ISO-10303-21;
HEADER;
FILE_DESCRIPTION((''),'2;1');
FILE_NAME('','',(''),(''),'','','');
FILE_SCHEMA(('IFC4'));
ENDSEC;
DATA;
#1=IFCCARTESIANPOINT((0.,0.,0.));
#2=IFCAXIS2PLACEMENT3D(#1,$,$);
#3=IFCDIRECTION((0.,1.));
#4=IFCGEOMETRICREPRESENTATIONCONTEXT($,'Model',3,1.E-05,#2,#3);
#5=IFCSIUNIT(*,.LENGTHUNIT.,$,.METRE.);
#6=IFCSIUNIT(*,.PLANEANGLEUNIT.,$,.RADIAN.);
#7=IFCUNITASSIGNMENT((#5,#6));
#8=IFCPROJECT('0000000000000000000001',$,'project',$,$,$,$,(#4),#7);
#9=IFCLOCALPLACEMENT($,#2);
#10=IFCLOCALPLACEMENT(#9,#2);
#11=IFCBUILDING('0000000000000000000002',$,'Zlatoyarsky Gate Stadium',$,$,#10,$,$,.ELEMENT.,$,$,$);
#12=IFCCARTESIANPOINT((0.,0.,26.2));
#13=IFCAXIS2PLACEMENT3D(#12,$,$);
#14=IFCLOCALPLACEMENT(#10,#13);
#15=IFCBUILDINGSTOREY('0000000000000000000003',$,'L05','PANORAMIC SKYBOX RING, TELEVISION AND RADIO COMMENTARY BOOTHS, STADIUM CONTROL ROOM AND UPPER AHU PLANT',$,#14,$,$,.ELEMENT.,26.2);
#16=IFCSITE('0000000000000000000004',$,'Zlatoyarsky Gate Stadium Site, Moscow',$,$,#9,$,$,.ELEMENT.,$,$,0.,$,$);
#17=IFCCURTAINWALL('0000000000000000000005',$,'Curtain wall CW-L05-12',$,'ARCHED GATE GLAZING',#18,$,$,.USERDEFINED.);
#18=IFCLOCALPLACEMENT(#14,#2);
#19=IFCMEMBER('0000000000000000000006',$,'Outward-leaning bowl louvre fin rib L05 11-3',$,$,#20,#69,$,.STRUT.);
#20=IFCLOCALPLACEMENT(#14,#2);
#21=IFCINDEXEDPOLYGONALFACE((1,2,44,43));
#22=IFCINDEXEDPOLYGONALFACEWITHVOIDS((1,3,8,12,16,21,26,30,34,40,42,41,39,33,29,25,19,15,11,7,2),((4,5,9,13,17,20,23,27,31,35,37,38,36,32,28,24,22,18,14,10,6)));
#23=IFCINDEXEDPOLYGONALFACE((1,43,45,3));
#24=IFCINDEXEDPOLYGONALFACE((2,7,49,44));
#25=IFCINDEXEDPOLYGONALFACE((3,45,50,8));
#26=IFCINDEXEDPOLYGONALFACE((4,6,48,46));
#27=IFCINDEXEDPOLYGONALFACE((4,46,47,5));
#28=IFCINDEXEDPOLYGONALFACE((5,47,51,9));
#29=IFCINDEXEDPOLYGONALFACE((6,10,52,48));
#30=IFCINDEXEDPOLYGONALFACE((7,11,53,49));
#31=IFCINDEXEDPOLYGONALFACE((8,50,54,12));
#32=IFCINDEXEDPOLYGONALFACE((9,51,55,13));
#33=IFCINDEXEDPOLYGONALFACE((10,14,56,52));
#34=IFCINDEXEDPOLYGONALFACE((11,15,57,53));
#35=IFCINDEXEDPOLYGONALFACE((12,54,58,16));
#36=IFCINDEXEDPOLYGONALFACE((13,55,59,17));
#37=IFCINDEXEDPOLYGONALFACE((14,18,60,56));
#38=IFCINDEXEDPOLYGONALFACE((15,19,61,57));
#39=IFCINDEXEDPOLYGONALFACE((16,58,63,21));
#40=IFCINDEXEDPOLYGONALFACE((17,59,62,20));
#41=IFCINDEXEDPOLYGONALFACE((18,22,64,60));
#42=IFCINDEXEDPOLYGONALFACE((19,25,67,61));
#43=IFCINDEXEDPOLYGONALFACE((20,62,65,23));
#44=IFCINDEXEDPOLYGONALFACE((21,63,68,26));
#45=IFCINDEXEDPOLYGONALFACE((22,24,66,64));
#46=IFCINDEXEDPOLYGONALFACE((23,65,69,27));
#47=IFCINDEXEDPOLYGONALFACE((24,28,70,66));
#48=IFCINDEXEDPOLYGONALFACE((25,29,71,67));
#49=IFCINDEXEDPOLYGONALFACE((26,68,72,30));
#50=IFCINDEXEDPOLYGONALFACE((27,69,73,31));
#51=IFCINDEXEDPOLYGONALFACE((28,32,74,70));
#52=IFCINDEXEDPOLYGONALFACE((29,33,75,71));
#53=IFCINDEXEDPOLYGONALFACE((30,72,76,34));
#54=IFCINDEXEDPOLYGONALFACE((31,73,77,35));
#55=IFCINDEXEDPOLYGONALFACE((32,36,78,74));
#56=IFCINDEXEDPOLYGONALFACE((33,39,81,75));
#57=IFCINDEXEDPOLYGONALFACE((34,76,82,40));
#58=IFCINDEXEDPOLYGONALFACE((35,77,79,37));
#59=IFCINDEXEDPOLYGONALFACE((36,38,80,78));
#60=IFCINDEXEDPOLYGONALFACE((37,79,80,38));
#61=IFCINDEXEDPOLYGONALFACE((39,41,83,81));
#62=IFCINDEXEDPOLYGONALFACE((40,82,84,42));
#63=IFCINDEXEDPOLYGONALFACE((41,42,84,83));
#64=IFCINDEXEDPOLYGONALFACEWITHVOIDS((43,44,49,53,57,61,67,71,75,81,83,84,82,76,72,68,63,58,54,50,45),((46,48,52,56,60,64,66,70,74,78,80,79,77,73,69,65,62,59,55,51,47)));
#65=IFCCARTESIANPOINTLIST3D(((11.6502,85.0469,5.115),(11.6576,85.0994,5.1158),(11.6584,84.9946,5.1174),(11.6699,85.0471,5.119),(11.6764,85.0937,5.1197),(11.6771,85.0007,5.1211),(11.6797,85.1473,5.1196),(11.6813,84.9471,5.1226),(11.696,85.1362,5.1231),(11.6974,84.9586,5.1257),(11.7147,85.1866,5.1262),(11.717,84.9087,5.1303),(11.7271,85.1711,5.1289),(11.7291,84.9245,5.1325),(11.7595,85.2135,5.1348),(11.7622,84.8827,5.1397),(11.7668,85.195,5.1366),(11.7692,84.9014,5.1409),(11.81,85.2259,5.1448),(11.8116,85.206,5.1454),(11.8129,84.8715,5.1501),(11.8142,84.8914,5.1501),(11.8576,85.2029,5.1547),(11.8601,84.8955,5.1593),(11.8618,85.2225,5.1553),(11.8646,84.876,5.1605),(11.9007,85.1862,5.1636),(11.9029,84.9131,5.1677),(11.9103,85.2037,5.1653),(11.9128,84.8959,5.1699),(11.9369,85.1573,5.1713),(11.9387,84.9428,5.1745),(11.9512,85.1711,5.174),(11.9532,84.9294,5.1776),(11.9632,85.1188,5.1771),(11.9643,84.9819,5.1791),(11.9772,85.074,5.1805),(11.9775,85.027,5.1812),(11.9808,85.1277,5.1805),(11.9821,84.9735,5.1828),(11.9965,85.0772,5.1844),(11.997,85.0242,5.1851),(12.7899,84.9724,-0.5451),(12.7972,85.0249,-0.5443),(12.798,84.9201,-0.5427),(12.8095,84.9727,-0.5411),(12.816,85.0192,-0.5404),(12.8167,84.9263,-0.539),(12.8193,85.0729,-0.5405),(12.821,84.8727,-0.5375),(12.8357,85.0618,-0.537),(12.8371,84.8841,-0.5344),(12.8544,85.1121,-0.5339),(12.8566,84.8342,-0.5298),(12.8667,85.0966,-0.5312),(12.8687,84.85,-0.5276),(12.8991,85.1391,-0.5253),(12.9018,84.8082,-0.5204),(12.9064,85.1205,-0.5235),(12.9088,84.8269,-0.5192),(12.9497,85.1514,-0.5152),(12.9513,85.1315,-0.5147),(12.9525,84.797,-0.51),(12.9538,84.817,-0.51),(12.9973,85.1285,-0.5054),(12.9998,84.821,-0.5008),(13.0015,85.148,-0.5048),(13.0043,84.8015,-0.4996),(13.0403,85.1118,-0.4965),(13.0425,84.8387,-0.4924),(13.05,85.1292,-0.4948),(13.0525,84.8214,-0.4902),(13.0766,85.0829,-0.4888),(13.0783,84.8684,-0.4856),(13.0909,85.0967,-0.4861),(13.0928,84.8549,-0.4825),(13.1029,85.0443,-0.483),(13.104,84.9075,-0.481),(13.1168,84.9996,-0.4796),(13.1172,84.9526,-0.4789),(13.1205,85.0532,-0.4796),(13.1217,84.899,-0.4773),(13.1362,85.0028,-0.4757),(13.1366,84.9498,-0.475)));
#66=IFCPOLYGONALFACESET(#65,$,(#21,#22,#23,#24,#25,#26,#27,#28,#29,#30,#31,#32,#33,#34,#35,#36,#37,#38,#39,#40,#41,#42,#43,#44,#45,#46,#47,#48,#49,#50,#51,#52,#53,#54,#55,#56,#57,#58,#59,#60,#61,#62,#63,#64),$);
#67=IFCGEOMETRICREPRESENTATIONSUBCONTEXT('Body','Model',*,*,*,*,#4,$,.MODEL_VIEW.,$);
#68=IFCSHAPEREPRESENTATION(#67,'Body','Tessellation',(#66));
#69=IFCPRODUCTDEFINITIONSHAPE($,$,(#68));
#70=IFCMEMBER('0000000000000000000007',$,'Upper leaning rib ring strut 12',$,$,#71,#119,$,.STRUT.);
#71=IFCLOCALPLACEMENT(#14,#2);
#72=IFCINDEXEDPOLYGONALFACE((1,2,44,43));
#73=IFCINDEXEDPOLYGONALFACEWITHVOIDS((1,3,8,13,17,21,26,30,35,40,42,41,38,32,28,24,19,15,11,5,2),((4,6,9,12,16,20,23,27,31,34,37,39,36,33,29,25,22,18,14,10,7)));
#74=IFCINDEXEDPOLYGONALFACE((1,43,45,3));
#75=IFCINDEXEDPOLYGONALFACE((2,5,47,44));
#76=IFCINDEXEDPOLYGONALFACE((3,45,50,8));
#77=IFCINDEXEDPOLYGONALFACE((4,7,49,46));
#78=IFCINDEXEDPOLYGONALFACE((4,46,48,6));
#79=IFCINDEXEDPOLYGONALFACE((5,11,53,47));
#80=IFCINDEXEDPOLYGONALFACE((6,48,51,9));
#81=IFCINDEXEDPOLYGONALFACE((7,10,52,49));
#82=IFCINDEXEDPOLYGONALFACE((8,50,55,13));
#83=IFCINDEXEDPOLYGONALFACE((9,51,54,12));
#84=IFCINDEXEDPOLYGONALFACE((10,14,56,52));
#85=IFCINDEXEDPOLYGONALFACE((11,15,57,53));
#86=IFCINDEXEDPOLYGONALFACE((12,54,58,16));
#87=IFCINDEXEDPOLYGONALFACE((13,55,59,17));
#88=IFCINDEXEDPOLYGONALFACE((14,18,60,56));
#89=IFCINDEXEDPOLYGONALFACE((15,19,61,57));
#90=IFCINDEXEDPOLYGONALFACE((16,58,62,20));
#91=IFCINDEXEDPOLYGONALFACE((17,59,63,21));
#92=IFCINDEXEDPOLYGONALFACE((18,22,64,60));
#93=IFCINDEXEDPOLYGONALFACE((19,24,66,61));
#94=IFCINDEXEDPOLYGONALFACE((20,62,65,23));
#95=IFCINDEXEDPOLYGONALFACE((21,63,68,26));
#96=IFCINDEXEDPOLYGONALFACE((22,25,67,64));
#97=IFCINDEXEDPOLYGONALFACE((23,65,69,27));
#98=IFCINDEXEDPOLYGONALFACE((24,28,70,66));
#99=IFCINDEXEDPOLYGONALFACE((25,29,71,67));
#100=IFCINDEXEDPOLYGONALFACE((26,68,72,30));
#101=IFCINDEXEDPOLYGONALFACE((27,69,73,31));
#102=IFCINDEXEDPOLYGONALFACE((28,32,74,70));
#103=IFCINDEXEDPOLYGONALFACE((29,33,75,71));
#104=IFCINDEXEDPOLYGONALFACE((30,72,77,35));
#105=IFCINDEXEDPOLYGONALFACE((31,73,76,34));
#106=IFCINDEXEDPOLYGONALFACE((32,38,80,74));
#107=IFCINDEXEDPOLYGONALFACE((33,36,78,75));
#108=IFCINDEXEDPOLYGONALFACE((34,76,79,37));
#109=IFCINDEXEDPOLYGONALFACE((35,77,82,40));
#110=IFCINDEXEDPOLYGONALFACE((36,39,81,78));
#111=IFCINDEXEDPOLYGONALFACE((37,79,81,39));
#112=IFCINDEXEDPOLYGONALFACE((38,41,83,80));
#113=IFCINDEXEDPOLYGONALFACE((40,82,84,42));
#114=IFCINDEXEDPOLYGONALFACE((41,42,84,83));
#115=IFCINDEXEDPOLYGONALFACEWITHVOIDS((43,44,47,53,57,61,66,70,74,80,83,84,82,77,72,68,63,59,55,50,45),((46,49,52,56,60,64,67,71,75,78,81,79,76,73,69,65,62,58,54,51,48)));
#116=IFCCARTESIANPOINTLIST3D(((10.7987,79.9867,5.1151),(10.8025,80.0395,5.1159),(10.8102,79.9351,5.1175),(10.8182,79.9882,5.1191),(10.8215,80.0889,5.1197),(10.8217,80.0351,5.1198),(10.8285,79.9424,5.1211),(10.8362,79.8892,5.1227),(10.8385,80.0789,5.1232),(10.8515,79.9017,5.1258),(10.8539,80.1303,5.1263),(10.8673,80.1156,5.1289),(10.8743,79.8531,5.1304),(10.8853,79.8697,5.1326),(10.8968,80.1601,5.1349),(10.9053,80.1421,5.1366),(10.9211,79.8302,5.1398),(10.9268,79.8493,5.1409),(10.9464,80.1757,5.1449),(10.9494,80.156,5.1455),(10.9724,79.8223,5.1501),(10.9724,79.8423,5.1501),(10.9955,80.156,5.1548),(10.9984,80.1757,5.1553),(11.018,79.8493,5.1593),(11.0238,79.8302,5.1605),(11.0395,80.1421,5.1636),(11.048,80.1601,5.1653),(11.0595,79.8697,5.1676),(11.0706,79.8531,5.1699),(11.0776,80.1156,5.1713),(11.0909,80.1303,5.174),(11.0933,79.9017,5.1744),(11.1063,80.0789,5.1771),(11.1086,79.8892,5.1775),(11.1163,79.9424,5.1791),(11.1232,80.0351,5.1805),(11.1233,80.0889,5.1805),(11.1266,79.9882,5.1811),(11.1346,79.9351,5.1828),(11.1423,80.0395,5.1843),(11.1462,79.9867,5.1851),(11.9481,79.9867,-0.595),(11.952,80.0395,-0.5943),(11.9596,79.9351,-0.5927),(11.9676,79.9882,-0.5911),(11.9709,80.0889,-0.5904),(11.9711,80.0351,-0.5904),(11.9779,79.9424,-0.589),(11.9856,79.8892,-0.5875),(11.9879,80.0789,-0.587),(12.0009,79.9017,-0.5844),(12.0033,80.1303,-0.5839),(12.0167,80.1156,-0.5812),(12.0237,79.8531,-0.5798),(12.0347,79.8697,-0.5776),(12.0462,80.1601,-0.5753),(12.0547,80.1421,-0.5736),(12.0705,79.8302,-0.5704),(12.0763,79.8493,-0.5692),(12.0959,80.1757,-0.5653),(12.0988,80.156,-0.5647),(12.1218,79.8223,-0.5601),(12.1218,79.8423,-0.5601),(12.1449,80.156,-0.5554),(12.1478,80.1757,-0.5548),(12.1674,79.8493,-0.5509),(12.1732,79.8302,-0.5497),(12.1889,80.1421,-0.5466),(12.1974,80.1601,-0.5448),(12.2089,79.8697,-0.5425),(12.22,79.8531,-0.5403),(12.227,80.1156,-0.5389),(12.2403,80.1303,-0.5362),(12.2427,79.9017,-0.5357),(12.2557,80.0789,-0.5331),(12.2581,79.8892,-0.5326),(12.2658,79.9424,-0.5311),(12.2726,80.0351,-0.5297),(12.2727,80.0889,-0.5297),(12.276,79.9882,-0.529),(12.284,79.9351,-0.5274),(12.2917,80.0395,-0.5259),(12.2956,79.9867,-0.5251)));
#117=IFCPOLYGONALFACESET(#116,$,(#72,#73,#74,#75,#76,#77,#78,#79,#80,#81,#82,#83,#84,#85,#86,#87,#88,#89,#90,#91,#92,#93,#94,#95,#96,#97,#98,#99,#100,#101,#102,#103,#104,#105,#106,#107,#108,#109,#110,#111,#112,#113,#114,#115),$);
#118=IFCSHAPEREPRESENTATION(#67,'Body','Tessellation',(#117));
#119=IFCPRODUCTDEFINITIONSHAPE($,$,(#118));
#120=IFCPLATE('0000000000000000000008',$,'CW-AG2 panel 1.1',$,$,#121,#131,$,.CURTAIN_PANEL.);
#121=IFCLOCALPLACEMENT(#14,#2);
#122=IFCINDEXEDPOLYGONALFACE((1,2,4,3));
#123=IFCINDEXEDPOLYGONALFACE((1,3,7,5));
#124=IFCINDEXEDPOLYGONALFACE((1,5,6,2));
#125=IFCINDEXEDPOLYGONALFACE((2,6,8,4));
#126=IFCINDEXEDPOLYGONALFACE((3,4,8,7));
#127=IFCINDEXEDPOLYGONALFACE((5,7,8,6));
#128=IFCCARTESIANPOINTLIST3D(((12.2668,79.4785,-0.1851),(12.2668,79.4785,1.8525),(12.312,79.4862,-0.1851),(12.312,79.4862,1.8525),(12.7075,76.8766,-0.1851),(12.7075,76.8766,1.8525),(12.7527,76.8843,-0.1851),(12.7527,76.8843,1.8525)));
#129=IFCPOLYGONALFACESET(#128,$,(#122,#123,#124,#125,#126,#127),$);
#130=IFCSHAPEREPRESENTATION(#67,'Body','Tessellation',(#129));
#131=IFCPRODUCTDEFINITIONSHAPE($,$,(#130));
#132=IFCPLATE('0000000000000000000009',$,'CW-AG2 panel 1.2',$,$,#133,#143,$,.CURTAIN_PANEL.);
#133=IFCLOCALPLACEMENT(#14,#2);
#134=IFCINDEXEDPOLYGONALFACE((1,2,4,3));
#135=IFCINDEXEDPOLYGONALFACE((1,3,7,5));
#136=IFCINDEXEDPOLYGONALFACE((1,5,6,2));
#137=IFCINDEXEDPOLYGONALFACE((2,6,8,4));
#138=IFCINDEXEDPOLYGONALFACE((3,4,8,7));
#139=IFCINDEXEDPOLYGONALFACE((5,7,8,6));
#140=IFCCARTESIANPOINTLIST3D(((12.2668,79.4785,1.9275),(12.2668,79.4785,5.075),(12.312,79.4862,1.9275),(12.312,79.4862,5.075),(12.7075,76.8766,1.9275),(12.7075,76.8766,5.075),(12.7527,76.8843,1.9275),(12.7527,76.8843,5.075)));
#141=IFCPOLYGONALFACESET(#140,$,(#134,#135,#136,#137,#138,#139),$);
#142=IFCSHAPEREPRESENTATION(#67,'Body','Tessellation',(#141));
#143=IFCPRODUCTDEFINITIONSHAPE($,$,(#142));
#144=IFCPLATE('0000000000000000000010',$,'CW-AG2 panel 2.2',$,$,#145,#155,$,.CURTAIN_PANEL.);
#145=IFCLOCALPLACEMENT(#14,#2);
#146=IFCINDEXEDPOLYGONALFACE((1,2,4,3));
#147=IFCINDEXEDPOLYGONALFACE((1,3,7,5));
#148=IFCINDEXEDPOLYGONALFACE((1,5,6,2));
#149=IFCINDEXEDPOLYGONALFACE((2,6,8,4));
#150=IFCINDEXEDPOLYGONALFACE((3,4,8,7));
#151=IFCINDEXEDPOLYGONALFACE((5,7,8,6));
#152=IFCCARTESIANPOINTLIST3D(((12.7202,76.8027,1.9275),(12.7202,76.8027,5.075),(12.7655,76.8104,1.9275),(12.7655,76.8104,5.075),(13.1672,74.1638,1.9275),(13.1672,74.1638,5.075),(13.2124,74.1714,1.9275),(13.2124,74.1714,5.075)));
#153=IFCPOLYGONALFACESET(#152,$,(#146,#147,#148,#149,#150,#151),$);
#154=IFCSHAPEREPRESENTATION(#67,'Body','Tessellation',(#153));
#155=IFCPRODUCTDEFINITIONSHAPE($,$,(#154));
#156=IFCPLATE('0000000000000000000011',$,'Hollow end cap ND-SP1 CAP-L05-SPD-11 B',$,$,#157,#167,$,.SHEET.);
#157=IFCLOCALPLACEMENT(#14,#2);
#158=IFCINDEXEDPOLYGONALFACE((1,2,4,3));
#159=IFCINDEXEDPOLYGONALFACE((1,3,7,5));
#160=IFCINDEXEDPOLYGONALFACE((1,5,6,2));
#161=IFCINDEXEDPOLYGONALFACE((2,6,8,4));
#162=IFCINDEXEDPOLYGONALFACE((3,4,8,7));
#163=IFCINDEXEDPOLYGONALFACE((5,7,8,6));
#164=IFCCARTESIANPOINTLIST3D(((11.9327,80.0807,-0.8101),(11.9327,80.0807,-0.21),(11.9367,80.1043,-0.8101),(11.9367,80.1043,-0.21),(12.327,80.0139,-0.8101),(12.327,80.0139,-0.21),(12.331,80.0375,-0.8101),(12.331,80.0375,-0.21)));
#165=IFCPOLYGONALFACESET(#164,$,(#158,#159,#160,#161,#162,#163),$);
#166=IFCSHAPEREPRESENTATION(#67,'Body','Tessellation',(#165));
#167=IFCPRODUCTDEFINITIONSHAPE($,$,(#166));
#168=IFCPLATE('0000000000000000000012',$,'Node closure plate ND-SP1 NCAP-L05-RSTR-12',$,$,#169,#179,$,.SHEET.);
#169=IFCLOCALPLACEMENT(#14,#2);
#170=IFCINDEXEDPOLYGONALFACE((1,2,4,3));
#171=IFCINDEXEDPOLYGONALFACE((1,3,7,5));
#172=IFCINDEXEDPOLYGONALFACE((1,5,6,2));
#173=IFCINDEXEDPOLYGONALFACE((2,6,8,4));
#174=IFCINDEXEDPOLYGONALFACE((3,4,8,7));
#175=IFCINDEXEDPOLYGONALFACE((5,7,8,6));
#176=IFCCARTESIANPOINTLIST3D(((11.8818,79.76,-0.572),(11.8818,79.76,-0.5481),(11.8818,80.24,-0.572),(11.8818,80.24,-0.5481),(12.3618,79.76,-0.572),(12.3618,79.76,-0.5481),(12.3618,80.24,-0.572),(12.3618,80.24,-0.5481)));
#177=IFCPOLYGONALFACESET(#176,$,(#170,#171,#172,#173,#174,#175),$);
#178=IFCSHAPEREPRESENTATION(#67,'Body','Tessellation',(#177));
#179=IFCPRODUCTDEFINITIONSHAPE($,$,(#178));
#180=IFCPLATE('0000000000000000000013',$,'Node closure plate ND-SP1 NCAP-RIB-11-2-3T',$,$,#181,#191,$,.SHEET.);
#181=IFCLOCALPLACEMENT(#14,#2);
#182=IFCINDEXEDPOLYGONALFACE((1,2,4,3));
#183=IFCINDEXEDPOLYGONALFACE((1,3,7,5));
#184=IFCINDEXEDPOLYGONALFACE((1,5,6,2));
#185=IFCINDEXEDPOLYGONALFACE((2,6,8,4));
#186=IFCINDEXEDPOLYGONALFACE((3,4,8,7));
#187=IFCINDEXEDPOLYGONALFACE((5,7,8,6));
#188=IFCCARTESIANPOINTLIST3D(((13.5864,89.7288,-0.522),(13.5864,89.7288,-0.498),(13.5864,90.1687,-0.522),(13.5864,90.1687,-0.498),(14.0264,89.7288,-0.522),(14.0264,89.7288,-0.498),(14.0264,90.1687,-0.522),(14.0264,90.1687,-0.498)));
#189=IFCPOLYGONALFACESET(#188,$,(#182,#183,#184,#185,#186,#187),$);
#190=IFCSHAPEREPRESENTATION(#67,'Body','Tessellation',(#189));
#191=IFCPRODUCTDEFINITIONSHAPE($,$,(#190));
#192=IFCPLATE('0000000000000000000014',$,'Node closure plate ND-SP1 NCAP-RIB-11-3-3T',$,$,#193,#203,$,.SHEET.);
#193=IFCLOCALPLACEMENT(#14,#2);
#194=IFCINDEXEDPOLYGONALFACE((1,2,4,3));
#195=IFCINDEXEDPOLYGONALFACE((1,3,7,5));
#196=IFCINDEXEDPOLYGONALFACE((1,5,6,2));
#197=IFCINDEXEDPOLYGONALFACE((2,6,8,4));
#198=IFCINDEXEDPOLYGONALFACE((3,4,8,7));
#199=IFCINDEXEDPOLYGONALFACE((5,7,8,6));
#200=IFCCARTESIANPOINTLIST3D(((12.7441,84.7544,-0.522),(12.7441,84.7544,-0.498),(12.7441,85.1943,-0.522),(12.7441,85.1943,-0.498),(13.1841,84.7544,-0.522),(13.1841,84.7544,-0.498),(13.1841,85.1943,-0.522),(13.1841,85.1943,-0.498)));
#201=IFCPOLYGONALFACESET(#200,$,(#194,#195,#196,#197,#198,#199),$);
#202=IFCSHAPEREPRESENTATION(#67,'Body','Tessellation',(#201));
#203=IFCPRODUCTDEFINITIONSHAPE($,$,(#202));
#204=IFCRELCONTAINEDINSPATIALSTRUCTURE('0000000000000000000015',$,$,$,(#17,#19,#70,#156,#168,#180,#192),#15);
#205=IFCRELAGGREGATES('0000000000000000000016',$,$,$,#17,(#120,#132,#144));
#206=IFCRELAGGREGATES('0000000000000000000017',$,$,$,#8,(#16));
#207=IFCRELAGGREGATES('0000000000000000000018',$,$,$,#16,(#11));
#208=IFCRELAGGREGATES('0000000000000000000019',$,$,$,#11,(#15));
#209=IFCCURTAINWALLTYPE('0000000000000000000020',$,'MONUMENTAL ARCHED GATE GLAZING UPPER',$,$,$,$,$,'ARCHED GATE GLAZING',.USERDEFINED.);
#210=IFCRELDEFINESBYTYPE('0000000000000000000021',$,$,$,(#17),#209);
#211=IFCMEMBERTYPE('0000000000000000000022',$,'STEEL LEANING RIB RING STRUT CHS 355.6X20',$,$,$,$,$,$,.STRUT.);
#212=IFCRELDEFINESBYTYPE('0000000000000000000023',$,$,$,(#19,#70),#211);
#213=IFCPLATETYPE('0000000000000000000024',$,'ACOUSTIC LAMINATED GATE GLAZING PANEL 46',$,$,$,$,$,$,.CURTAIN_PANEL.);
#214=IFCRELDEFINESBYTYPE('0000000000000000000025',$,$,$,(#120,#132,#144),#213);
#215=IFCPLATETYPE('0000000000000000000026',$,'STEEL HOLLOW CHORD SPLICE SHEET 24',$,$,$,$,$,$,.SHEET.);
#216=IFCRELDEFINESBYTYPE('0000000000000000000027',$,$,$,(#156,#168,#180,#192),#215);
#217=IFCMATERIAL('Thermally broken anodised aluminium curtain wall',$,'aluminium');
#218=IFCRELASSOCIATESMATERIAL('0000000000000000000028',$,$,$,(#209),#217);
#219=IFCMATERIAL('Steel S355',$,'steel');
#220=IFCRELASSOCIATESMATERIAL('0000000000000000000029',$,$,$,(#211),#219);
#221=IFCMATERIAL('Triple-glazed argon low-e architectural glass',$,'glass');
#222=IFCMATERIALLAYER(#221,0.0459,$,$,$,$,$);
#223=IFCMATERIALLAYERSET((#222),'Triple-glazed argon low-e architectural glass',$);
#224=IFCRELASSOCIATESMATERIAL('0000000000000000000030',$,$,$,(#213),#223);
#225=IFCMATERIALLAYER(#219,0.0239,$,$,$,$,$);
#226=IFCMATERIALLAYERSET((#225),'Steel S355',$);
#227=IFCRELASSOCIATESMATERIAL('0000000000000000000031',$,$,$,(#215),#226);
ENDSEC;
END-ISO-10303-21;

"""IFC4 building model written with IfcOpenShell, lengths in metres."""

from ifc_helpers import new_model, si_unit, direction, frame, origin, origin_2d, place, context, subcontext, project, spatial, rectangle, hollow_circle, extrude, material, layer, layer_set, material_profile, profile_set, type_object, element, aggregate, save


model = new_model("IFC4")

# Units and contexts
model_context = context("Model", 3, precision=1e-05, world=origin(), true_north=direction((0.0, 1.0)))
body_context = subcontext(model_context, "Body", "Model", "MODEL_VIEW")
ifc_project = project(units=[si_unit("LENGTHUNIT", "METRE"), si_unit("PLANEANGLEUNIT", "RADIAN")], contexts=[model_context])

# Site, building, storey
site_placement = place(None, origin())
site = spatial("IfcSite", under=ifc_project, at=site_placement, Name="Zlatoyarsky Gate Stadium Site, Moscow", CompositionType="ELEMENT", RefElevation=0.0)
building_placement = place(site_placement, origin())
building = spatial("IfcBuilding", under=site, at=building_placement, Name="Zlatoyarsky Gate Stadium", CompositionType="ELEMENT")
storey_placement = place(building_placement, frame((0.0, 0.0, 26.2)))
storey = spatial("IfcBuildingStorey", under=building, at=storey_placement, Name="L05", Description="PANORAMIC SKYBOX RING, TELEVISION AND RADIO COMMENTARY BOOTHS, STADIUM CONTROL ROOM AND UPPER AHU PLANT", CompositionType="ELEMENT", Elevation=26.2)

# Curtain wall
ifc_material_1 = material(Name="Thermally broken anodised aluminium curtain wall", Category="aluminium")
curtain_wall_type_1 = type_object("IfcCurtainWallType", Name="MONUMENTAL ARCHED GATE GLAZING UPPER", ElementType="ARCHED GATE GLAZING", PredefinedType="USERDEFINED", material=ifc_material_1)
curtain_wall_1_placement = place(storey_placement, origin())
curtain_wall_1 = element("IfcCurtainWall", 1, at=curtain_wall_1_placement, inside=storey, type_object=curtain_wall_type_1, Name="Curtain wall CW-L05-12", ObjectType="ARCHED GATE GLAZING", PredefinedType="USERDEFINED")

# Shared definitions
ifc_material_2 = material(Name="Steel S355", Category="steel")

# Members
ifc_material_profile_1 = material_profile(ifc_material_2, hollow_circle(Radius=0.1777, WallThickness=0.02, at=origin_2d()), Name="CHS 355.6X20")
ifc_profile_set_1 = profile_set([ifc_material_profile_1], Name="Steel S355")
member_type_1 = type_object("IfcMemberType", Name="STEEL LEANING RIB RING STRUT CHS 355.6X20", PredefinedType="STRUT", material=ifc_profile_set_1)
member_1_placement = place(storey_placement, frame((12.9641, 84.9744, -0.51), z_axis=(-0.197368, 0.012896, 0.980245), x_axis=(-0.065199, -0.997872, 0.0)))
element("IfcMember", 2, at=member_1_placement, inside=storey, type_object=member_type_1, Name="Outward-leaning bowl louvre fin rib L05 11-3", PredefinedType="STRUT", context=body_context, shape_type="SweptSolid", body=[
    extrude(hollow_circle(Radius=0.1777, WallThickness=0.02, at=origin_2d()), origin(), (0.0, 0.0, 1.0), 5.7742),
])
member_2_placement = place(storey_placement, frame((12.1218, 80.0, -0.5601), z_axis=(-0.197333, 0.0, 0.980336), x_axis=(0.0, -1.0, 0.0)))
element("IfcMember", 3, at=member_2_placement, inside=storey, type_object=member_type_1, Name="Upper leaning rib ring strut 12", PredefinedType="STRUT", context=body_context, shape_type="SweptSolid", body=[
    extrude(hollow_circle(Radius=0.1777, WallThickness=0.02, at=origin_2d()), origin(), (0.0, 0.0, 1.0), 5.8247),
])

# Plates
ifc_material_3 = material(Name="Triple-glazed argon low-e architectural glass", Category="glass")
ifc_layer_1 = layer(ifc_material_3, 0.0459)
ifc_layer_set_1 = layer_set([ifc_layer_1], Name="Triple-glazed argon low-e architectural glass")
plate_type_1 = type_object("IfcPlateType", Name="ACOUSTIC LAMINATED GATE GLAZING PANEL 46", PredefinedType="CURTAIN_PANEL", material=ifc_layer_set_1)
plate_1_placement = place(storey_placement, frame((12.5098, 78.1814, -0.1851), z_axis=(0.0, 0.0, 1.0), x_axis=(0.166995, -0.985958, 0.0)))
plate_1 = element("IfcPlate", 4, at=plate_1_placement, type_object=plate_type_1, Name="CW-AG2 panel 1.1", PredefinedType="CURTAIN_PANEL", context=body_context, shape_type="SweptSolid", body=[
    extrude(rectangle(XDim=2.6389, YDim=0.0459, at=origin_2d()), origin(), (0.0, 0.0, 1.0), 2.0376),
])
plate_2_placement = place(storey_placement, frame((12.5098, 78.1814, 1.9275), z_axis=(0.0, 0.0, 1.0), x_axis=(0.166995, -0.985958, 0.0)))
plate_2 = element("IfcPlate", 5, at=plate_2_placement, type_object=plate_type_1, Name="CW-AG2 panel 1.2", PredefinedType="CURTAIN_PANEL", context=body_context, shape_type="SweptSolid", body=[
    extrude(rectangle(XDim=2.6389, YDim=0.0459, at=origin_2d()), origin(), (0.0, 0.0, 1.0), 3.1475),
])
plate_3_placement = place(storey_placement, frame((12.9663, 75.4871, 1.9275), z_axis=(0.0, 0.0, 1.0), x_axis=(0.166995, -0.985958, 0.0)))
plate_3 = element("IfcPlate", 6, at=plate_3_placement, type_object=plate_type_1, Name="CW-AG2 panel 2.2", PredefinedType="CURTAIN_PANEL", context=body_context, shape_type="SweptSolid", body=[
    extrude(rectangle(XDim=2.6765, YDim=0.0459, at=origin_2d()), origin(), (0.0, 0.0, 1.0), 3.1475),
])
aggregate(curtain_wall_1, [plate_1, plate_2, plate_3])

# Plates
ifc_layer_2 = layer(ifc_material_2, 0.0239)
ifc_layer_set_2 = layer_set([ifc_layer_2], Name="Steel S355")
plate_type_2 = type_object("IfcPlateType", Name="STEEL HOLLOW CHORD SPLICE SHEET 24", PredefinedType="SHEET", material=ifc_layer_set_2)
plate_4_placement = place(storey_placement, frame((12.1318, 80.0591, -0.8101), z_axis=(0.0, 0.0, 1.0), x_axis=(-0.166951, -0.985965, 0.0)))
element("IfcPlate", 7, at=plate_4_placement, inside=storey, type_object=plate_type_2, Name="Hollow end cap ND-SP1 CAP-L05-SPD-11 B", PredefinedType="SHEET", context=body_context, shape_type="SweptSolid", body=[
    extrude(rectangle(XDim=0.0239, YDim=0.3999, at=origin_2d()), origin(), (0.0, 0.0, 1.0), 0.6001),
])
plate_5_placement = place(storey_placement, frame((12.1218, 80.0, -0.572), z_axis=(0.0, 0.0, 1.0), x_axis=(1.0, 0.0, 0.0)))
element("IfcPlate", 8, at=plate_5_placement, inside=storey, type_object=plate_type_2, Name="Node closure plate ND-SP1 NCAP-L05-RSTR-12", PredefinedType="SHEET", context=body_context, shape_type="SweptSolid", body=[
    extrude(rectangle(XDim=0.48, YDim=0.48, at=origin_2d()), origin(), (0.0, 0.0, 1.0), 0.0239),
])
for number, where, z_axis, x_axis, name in (
    (9, (13.8064, 89.9487, -0.522), (0.0, 0.0, 1.0), (1.0, 0.0, 0.0), "Node closure plate ND-SP1 NCAP-RIB-11-2-3T"),
    (10, (12.9641, 84.9744, -0.522), (0.0, 0.0, 1.0), (1.0, 0.0, 0.0), "Node closure plate ND-SP1 NCAP-RIB-11-3-3T"),
):
    element("IfcPlate", number, at=place(storey_placement, frame(where, z_axis=z_axis, x_axis=x_axis)), inside=storey, type_object=plate_type_2, Name=name, PredefinedType="SHEET", context=body_context, shape_type="SweptSolid", body=[
        extrude(rectangle(XDim=0.4399, YDim=0.4399, at=origin_2d()), origin(), (0.0, 0.0, 1.0), 0.0239),
    ])

save(model, "model.ifc")
